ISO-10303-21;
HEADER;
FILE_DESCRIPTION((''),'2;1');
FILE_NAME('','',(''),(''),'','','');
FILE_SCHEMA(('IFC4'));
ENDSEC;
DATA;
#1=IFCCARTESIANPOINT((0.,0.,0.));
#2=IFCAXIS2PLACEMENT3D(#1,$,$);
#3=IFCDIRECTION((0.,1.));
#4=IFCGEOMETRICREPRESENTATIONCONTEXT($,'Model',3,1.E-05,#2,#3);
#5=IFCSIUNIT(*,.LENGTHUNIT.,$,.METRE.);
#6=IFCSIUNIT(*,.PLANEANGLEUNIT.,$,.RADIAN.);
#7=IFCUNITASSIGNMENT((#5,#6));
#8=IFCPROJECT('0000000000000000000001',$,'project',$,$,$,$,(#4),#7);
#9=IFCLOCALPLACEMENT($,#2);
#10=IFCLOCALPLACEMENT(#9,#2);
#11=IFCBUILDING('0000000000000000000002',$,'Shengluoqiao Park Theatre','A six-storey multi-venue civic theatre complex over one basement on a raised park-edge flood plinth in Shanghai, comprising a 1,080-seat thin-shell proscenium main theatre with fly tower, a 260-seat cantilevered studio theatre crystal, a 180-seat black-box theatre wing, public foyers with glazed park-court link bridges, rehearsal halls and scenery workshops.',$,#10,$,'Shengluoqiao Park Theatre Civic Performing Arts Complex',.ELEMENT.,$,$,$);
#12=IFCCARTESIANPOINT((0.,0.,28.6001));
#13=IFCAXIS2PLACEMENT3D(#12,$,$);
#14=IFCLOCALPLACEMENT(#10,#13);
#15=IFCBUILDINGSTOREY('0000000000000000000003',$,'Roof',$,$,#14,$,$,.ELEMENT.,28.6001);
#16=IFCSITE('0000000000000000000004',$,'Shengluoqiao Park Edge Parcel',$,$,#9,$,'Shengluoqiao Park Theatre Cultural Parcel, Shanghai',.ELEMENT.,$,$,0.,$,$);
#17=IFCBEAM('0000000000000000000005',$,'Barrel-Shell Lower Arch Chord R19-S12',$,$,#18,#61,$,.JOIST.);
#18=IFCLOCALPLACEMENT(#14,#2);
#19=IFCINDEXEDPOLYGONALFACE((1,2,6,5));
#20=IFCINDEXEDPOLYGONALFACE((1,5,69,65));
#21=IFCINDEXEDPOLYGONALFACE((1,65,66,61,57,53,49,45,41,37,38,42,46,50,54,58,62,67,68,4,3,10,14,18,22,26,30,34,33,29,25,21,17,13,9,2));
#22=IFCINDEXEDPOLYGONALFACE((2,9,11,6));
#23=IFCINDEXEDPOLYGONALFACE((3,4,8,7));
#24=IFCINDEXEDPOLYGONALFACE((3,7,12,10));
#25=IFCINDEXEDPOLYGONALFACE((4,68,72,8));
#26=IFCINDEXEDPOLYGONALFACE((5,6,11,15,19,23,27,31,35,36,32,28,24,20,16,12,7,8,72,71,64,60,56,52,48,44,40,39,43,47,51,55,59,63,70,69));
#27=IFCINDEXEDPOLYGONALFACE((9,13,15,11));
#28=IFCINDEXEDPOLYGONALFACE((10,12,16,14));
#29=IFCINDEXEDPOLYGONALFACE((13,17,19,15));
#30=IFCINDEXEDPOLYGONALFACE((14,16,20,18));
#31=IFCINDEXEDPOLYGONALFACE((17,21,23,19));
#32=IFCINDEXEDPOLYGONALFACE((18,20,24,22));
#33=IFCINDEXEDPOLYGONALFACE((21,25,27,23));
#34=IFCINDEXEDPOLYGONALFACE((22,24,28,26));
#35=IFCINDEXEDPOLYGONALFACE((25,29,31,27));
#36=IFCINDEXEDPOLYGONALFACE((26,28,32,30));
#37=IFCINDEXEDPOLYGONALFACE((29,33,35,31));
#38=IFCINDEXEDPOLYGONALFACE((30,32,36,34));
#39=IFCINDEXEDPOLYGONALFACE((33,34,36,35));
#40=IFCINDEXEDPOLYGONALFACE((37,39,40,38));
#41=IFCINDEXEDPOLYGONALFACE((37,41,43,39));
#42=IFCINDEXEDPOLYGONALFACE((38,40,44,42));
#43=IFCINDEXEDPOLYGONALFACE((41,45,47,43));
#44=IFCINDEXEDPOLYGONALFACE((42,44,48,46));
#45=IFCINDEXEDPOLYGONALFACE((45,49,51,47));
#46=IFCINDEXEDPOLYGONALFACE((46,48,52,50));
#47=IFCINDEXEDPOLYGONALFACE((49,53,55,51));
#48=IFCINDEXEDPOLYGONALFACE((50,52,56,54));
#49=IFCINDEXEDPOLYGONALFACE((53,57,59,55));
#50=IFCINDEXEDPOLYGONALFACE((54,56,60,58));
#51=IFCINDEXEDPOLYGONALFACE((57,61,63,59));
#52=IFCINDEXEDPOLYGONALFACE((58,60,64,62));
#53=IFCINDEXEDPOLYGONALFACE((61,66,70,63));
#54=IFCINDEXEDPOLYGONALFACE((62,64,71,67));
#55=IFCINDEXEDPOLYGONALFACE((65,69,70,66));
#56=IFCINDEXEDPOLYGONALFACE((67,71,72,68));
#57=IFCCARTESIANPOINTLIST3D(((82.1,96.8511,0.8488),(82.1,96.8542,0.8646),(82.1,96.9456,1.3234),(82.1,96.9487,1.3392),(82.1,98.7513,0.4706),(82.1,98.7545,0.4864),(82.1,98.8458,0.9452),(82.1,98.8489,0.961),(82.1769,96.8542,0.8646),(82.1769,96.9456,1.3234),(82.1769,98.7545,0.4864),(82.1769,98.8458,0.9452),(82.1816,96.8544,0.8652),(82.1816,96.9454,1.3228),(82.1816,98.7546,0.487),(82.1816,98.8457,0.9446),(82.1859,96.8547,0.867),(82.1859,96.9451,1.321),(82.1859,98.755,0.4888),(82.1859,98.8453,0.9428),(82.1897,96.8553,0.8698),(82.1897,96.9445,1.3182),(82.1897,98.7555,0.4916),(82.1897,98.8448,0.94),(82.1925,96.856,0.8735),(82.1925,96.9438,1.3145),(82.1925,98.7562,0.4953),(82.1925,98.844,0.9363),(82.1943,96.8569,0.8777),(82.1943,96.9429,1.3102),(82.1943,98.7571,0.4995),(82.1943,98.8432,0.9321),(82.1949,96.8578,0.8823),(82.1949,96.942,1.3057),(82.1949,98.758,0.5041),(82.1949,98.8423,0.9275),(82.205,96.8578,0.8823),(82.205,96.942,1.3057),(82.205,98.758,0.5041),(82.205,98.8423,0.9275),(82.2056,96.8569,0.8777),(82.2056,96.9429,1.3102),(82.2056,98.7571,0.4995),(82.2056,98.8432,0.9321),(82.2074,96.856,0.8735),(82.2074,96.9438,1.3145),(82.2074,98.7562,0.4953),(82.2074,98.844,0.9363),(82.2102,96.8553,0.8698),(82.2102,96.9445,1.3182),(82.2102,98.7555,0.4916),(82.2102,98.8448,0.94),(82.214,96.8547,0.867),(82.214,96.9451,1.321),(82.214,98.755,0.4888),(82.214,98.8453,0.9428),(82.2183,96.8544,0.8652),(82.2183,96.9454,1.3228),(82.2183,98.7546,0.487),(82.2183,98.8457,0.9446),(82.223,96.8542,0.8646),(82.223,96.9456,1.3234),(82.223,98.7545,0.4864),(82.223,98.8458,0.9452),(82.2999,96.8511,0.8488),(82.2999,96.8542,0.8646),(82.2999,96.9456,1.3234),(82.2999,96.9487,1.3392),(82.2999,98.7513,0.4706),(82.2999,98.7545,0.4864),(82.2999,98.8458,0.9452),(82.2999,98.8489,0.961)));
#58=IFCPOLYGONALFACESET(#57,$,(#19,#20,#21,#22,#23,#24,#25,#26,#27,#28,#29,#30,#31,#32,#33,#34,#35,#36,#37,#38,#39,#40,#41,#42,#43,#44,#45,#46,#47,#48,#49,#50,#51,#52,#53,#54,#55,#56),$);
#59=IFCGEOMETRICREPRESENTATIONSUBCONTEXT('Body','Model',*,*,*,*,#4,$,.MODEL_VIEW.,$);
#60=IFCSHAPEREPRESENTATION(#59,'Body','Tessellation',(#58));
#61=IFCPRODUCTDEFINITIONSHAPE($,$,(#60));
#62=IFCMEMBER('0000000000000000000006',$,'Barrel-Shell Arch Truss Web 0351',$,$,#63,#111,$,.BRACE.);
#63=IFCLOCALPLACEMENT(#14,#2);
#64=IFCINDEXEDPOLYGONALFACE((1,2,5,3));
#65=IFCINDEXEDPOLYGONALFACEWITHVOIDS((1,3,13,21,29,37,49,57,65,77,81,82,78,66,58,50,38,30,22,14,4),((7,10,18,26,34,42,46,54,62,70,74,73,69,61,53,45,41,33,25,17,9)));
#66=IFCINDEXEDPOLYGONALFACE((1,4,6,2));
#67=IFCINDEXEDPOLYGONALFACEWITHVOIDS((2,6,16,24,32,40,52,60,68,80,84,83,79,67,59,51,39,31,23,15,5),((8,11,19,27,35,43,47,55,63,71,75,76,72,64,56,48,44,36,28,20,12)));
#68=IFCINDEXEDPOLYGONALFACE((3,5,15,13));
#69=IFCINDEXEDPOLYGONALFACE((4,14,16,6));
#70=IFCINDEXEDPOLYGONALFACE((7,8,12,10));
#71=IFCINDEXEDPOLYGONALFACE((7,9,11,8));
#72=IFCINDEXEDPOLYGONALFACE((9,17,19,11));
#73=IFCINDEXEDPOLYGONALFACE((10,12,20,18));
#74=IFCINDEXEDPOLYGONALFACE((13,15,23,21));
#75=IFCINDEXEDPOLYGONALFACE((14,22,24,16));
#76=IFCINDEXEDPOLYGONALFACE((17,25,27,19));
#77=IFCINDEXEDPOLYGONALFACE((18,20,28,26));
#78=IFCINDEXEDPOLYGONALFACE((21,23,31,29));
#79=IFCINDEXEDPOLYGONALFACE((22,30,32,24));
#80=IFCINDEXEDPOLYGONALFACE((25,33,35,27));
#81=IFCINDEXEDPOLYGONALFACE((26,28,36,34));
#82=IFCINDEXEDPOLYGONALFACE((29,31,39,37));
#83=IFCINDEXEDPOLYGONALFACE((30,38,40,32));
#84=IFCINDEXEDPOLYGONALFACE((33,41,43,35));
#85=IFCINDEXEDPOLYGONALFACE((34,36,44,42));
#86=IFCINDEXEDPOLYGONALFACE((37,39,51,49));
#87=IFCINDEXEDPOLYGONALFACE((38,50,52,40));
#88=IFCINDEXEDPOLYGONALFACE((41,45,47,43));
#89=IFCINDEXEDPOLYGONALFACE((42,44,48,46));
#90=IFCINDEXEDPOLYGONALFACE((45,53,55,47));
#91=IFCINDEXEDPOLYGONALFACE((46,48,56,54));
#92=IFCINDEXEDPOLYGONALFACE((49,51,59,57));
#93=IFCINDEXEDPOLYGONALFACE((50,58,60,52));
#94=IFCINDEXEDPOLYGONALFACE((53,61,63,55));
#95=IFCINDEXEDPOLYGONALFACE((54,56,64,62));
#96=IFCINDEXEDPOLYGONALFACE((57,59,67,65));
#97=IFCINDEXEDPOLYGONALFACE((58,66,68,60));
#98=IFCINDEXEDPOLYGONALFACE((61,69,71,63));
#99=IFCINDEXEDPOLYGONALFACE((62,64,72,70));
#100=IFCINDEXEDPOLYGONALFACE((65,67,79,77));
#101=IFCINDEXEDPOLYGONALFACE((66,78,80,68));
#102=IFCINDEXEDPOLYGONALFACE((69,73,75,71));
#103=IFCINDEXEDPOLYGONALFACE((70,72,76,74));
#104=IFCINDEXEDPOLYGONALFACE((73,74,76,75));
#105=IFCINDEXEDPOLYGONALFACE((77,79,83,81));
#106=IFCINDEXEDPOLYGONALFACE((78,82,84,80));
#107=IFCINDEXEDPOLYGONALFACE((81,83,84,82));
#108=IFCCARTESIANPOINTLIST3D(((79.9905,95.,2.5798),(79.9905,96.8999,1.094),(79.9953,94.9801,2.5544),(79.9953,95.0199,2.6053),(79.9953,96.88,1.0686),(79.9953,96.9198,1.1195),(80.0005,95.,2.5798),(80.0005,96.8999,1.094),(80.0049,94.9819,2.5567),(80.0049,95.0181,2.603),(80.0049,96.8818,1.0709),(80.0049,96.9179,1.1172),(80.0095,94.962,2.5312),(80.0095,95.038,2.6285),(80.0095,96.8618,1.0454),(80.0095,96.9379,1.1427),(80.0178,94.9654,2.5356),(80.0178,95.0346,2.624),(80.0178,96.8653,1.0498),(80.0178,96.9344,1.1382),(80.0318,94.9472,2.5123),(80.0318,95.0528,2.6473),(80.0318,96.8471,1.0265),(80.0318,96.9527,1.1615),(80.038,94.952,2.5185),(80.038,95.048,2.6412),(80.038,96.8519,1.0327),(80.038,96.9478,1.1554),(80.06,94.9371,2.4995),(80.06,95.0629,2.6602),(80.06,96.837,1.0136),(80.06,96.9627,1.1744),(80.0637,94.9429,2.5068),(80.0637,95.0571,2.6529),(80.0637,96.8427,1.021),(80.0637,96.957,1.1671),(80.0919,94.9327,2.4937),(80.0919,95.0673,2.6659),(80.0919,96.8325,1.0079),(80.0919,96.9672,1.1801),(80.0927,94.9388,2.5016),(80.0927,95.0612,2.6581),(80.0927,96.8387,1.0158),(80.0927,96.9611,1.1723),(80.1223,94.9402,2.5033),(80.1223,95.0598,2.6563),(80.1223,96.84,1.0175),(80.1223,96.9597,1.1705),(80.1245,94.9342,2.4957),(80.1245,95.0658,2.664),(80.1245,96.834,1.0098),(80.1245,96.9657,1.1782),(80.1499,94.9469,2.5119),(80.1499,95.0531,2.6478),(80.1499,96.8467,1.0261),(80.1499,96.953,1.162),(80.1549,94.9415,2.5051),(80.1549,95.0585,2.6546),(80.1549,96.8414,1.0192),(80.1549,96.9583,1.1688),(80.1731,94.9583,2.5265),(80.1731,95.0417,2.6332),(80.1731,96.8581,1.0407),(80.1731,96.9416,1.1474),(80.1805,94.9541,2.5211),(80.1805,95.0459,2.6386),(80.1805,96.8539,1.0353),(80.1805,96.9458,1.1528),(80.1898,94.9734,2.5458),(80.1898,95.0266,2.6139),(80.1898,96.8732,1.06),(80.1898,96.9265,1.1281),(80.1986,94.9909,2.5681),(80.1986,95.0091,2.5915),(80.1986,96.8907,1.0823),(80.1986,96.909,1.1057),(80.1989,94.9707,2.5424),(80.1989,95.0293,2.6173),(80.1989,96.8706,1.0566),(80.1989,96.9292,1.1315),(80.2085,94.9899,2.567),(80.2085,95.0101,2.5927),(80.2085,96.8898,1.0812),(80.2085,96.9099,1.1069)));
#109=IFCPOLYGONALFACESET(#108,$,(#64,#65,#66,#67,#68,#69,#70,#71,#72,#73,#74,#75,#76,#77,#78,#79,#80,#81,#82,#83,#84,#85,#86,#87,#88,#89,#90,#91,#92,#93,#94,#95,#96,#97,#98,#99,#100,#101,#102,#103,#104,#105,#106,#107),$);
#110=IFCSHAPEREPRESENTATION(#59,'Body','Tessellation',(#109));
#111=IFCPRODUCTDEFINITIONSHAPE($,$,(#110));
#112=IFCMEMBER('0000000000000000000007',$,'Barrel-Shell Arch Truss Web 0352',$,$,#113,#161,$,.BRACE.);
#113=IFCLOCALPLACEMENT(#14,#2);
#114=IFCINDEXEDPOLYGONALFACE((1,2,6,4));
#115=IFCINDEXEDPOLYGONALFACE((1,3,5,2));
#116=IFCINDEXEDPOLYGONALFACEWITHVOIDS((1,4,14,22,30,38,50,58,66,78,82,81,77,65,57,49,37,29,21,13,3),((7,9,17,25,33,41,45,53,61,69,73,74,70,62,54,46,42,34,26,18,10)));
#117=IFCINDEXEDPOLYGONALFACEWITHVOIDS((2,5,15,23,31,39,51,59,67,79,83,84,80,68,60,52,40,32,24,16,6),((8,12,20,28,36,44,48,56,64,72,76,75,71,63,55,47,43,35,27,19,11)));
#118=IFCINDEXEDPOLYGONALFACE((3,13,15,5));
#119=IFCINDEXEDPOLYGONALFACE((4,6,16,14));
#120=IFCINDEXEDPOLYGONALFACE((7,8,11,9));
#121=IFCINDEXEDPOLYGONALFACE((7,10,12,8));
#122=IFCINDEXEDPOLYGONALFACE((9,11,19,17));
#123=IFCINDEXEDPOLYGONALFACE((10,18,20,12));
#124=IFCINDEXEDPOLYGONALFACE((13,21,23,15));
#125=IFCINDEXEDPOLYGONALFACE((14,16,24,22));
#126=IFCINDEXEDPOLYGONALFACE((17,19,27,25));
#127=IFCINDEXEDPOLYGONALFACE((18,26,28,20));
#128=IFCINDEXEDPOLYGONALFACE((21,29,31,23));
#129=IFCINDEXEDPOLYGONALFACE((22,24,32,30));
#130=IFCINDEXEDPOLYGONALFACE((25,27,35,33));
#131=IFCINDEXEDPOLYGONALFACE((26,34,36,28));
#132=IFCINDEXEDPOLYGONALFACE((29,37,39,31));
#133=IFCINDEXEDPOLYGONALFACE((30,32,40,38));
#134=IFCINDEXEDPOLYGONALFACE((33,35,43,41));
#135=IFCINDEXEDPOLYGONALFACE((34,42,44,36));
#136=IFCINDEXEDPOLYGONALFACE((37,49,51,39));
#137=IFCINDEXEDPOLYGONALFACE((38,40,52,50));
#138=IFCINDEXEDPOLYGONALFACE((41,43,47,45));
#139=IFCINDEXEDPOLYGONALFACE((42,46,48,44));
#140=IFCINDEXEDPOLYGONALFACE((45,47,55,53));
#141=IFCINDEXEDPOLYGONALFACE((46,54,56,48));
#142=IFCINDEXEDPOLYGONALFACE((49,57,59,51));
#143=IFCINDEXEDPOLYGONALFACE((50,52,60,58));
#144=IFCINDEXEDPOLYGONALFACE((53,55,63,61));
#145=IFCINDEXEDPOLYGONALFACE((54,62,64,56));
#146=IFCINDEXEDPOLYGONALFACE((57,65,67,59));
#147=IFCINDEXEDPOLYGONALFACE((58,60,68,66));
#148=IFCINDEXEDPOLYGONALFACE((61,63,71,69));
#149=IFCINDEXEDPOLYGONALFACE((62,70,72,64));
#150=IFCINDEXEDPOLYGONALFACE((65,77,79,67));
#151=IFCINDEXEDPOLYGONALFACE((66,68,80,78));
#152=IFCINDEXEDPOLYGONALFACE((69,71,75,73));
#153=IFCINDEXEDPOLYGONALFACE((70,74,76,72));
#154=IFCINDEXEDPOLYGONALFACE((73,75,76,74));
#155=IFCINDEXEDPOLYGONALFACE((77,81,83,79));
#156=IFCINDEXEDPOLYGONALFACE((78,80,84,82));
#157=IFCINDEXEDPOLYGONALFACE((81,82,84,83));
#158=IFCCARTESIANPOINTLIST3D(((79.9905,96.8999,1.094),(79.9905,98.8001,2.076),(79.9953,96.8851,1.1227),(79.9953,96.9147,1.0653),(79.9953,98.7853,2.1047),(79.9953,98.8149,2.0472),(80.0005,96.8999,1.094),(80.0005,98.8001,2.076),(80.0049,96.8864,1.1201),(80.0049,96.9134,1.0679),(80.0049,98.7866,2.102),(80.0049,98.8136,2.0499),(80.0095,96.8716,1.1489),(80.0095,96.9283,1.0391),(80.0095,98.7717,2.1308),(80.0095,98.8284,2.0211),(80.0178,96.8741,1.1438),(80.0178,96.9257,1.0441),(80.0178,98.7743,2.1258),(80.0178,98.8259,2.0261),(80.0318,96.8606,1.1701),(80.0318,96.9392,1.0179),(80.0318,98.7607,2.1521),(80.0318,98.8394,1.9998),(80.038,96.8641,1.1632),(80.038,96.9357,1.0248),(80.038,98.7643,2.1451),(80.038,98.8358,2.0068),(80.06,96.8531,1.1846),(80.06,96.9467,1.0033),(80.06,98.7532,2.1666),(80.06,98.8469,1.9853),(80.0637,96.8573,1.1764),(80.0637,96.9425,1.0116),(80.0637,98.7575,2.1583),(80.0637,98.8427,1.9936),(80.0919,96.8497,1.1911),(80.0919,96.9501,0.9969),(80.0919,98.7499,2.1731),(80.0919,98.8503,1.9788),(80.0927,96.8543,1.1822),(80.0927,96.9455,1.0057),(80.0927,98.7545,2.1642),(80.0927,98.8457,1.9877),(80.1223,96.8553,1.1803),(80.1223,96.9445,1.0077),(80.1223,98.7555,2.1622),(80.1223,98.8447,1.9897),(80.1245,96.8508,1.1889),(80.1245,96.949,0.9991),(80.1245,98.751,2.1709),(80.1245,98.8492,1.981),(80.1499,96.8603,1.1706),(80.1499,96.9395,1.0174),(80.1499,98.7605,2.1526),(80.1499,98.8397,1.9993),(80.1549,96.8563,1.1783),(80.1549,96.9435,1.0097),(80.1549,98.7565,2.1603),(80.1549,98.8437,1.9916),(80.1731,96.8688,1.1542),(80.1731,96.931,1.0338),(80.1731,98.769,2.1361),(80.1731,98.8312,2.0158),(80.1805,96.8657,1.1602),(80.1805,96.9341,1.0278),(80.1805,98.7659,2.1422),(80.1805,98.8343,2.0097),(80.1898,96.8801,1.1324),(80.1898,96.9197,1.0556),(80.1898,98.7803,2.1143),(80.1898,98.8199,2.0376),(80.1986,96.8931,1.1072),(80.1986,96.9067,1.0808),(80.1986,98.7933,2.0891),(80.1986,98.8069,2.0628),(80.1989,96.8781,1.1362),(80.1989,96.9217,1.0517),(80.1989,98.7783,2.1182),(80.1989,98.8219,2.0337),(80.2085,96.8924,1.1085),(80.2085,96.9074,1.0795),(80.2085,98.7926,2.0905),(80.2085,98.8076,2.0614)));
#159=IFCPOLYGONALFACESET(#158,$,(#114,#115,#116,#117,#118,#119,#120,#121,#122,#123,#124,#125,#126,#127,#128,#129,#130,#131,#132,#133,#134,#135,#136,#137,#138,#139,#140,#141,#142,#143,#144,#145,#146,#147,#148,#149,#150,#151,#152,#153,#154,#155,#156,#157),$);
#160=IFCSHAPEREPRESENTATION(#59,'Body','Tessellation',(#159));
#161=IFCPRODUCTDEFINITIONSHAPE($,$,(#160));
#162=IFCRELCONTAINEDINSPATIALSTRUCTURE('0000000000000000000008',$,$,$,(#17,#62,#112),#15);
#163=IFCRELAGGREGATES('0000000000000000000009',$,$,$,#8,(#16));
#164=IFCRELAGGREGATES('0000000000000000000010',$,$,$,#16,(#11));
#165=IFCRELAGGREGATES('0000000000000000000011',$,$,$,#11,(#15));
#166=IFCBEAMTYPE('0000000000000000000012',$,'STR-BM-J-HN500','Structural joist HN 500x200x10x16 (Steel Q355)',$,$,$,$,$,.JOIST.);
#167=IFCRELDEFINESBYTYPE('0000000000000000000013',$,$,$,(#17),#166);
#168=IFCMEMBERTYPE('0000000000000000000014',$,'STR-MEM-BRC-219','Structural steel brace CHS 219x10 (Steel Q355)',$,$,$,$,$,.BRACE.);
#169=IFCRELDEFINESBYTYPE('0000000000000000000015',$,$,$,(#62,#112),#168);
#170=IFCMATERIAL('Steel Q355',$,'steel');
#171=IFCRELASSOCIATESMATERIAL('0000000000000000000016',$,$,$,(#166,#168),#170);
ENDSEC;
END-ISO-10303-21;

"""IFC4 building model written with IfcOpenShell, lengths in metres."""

from ifc_helpers import new_model, si_unit, direction, frame, origin, origin_2d, place, context, subcontext, project, spatial, hollow_circle, i_section, extrude, material, material_profile, profile_set, type_object, element, save


model = new_model("IFC4")

# Units and contexts
model_context = context("Model", 3, precision=1e-05, world=origin(), true_north=direction((0.0, 1.0)))
body_context = subcontext(model_context, "Body", "Model", "MODEL_VIEW")
ifc_project = project(units=[si_unit("LENGTHUNIT", "METRE"), si_unit("PLANEANGLEUNIT", "RADIAN")], contexts=[model_context])

# Site, building, storey
site_placement = place(None, origin())
site = spatial("IfcSite", under=ifc_project, at=site_placement, Name="Shengluoqiao Park Edge Parcel", LongName="Shengluoqiao Park Theatre Cultural Parcel, Shanghai", CompositionType="ELEMENT", RefElevation=0.0)
building_placement = place(site_placement, origin())
building = spatial("IfcBuilding", under=site, at=building_placement, Name="Shengluoqiao Park Theatre", Description="A six-storey multi-venue civic theatre complex over one basement on a raised park-edge flood plinth in Shanghai, comprising a 1,080-seat thin-shell proscenium main theatre with fly tower, a 260-seat cantilevered studio theatre crystal, a 180-seat black-box theatre wing, public foyers with glazed park-court link bridges, rehearsal halls and scenery workshops.", LongName="Shengluoqiao Park Theatre Civic Performing Arts Complex", CompositionType="ELEMENT")
storey_placement = place(building_placement, frame((0.0, 0.0, 28.6001)))
storey = spatial("IfcBuildingStorey", under=building, at=storey_placement, Name="Roof", CompositionType="ELEMENT", Elevation=28.6001)

# Beam
ifc_material_1 = material(Name="Steel Q355", Category="steel")
ifc_material_profile_1 = material_profile(ifc_material_1, i_section(OverallWidth=0.2, OverallDepth=0.5, WebThickness=0.01, FlangeThickness=0.0161, FilletRadius=0.0181, at=origin_2d()), Name="HN 500x200x10x16")
ifc_profile_set_1 = profile_set([ifc_material_profile_1], Name="Steel Q355")
beam_type_1 = type_object("IfcBeamType", Name="STR-BM-J-HN500", Description="Structural joist HN 500x200x10x16 (Steel Q355)", PredefinedType="JOIST", material=ifc_profile_set_1)
beam_1_placement = place(storey_placement, frame((82.2, 96.8999, 1.094), z_axis=(0.0, 0.980764, -0.195195), x_axis=(-1.0, 0.0, 0.0)))
element("IfcBeam", 1, at=beam_1_placement, inside=storey, type_object=beam_type_1, Name="Barrel-Shell Lower Arch Chord R19-S12", PredefinedType="JOIST", context=body_context, shape_type="SweptSolid", body=[
    extrude(i_section(OverallWidth=0.2, OverallDepth=0.5, WebThickness=0.01, FlangeThickness=0.0161, FilletRadius=0.0181, at=origin_2d()), origin(), (0.0, 0.0, 1.0), 1.9375),
])

# Members
ifc_material_profile_2 = material_profile(ifc_material_1, hollow_circle(Radius=0.1096, WallThickness=0.01, at=origin_2d()), Name="CHS 219x10")
ifc_profile_set_2 = profile_set([ifc_material_profile_2], Name="Steel Q355")
member_type_1 = type_object("IfcMemberType", Name="STR-MEM-BRC-219", Description="Structural steel brace CHS 219x10 (Steel Q355)", PredefinedType="BRACE", material=ifc_profile_set_2)
member_1_placement = place(storey_placement, frame((80.1001, 95.0, 2.5798), z_axis=(0.0, 0.787714, -0.616041), x_axis=(-1.0, 0.0, 0.0)))
element("IfcMember", 2, at=member_1_placement, inside=storey, type_object=member_type_1, Name="Barrel-Shell Arch Truss Web 0351", PredefinedType="BRACE", context=body_context, shape_type="SweptSolid", body=[
    extrude(hollow_circle(Radius=0.1096, WallThickness=0.01, at=origin_2d()), origin(), (0.0, 0.0, 1.0), 2.4119),
])
member_2_placement = place(storey_placement, frame((80.1001, 96.8999, 1.094), z_axis=(0.0, 0.888389, 0.459091), x_axis=(-1.0, 0.0, 0.0)))
element("IfcMember", 3, at=member_2_placement, inside=storey, type_object=member_type_1, Name="Barrel-Shell Arch Truss Web 0352", PredefinedType="BRACE", context=body_context, shape_type="SweptSolid", body=[
    extrude(hollow_circle(Radius=0.1096, WallThickness=0.01, at=origin_2d()), origin(), (0.0, 0.0, 1.0), 2.1389),
])

save(model, "model.ifc")
